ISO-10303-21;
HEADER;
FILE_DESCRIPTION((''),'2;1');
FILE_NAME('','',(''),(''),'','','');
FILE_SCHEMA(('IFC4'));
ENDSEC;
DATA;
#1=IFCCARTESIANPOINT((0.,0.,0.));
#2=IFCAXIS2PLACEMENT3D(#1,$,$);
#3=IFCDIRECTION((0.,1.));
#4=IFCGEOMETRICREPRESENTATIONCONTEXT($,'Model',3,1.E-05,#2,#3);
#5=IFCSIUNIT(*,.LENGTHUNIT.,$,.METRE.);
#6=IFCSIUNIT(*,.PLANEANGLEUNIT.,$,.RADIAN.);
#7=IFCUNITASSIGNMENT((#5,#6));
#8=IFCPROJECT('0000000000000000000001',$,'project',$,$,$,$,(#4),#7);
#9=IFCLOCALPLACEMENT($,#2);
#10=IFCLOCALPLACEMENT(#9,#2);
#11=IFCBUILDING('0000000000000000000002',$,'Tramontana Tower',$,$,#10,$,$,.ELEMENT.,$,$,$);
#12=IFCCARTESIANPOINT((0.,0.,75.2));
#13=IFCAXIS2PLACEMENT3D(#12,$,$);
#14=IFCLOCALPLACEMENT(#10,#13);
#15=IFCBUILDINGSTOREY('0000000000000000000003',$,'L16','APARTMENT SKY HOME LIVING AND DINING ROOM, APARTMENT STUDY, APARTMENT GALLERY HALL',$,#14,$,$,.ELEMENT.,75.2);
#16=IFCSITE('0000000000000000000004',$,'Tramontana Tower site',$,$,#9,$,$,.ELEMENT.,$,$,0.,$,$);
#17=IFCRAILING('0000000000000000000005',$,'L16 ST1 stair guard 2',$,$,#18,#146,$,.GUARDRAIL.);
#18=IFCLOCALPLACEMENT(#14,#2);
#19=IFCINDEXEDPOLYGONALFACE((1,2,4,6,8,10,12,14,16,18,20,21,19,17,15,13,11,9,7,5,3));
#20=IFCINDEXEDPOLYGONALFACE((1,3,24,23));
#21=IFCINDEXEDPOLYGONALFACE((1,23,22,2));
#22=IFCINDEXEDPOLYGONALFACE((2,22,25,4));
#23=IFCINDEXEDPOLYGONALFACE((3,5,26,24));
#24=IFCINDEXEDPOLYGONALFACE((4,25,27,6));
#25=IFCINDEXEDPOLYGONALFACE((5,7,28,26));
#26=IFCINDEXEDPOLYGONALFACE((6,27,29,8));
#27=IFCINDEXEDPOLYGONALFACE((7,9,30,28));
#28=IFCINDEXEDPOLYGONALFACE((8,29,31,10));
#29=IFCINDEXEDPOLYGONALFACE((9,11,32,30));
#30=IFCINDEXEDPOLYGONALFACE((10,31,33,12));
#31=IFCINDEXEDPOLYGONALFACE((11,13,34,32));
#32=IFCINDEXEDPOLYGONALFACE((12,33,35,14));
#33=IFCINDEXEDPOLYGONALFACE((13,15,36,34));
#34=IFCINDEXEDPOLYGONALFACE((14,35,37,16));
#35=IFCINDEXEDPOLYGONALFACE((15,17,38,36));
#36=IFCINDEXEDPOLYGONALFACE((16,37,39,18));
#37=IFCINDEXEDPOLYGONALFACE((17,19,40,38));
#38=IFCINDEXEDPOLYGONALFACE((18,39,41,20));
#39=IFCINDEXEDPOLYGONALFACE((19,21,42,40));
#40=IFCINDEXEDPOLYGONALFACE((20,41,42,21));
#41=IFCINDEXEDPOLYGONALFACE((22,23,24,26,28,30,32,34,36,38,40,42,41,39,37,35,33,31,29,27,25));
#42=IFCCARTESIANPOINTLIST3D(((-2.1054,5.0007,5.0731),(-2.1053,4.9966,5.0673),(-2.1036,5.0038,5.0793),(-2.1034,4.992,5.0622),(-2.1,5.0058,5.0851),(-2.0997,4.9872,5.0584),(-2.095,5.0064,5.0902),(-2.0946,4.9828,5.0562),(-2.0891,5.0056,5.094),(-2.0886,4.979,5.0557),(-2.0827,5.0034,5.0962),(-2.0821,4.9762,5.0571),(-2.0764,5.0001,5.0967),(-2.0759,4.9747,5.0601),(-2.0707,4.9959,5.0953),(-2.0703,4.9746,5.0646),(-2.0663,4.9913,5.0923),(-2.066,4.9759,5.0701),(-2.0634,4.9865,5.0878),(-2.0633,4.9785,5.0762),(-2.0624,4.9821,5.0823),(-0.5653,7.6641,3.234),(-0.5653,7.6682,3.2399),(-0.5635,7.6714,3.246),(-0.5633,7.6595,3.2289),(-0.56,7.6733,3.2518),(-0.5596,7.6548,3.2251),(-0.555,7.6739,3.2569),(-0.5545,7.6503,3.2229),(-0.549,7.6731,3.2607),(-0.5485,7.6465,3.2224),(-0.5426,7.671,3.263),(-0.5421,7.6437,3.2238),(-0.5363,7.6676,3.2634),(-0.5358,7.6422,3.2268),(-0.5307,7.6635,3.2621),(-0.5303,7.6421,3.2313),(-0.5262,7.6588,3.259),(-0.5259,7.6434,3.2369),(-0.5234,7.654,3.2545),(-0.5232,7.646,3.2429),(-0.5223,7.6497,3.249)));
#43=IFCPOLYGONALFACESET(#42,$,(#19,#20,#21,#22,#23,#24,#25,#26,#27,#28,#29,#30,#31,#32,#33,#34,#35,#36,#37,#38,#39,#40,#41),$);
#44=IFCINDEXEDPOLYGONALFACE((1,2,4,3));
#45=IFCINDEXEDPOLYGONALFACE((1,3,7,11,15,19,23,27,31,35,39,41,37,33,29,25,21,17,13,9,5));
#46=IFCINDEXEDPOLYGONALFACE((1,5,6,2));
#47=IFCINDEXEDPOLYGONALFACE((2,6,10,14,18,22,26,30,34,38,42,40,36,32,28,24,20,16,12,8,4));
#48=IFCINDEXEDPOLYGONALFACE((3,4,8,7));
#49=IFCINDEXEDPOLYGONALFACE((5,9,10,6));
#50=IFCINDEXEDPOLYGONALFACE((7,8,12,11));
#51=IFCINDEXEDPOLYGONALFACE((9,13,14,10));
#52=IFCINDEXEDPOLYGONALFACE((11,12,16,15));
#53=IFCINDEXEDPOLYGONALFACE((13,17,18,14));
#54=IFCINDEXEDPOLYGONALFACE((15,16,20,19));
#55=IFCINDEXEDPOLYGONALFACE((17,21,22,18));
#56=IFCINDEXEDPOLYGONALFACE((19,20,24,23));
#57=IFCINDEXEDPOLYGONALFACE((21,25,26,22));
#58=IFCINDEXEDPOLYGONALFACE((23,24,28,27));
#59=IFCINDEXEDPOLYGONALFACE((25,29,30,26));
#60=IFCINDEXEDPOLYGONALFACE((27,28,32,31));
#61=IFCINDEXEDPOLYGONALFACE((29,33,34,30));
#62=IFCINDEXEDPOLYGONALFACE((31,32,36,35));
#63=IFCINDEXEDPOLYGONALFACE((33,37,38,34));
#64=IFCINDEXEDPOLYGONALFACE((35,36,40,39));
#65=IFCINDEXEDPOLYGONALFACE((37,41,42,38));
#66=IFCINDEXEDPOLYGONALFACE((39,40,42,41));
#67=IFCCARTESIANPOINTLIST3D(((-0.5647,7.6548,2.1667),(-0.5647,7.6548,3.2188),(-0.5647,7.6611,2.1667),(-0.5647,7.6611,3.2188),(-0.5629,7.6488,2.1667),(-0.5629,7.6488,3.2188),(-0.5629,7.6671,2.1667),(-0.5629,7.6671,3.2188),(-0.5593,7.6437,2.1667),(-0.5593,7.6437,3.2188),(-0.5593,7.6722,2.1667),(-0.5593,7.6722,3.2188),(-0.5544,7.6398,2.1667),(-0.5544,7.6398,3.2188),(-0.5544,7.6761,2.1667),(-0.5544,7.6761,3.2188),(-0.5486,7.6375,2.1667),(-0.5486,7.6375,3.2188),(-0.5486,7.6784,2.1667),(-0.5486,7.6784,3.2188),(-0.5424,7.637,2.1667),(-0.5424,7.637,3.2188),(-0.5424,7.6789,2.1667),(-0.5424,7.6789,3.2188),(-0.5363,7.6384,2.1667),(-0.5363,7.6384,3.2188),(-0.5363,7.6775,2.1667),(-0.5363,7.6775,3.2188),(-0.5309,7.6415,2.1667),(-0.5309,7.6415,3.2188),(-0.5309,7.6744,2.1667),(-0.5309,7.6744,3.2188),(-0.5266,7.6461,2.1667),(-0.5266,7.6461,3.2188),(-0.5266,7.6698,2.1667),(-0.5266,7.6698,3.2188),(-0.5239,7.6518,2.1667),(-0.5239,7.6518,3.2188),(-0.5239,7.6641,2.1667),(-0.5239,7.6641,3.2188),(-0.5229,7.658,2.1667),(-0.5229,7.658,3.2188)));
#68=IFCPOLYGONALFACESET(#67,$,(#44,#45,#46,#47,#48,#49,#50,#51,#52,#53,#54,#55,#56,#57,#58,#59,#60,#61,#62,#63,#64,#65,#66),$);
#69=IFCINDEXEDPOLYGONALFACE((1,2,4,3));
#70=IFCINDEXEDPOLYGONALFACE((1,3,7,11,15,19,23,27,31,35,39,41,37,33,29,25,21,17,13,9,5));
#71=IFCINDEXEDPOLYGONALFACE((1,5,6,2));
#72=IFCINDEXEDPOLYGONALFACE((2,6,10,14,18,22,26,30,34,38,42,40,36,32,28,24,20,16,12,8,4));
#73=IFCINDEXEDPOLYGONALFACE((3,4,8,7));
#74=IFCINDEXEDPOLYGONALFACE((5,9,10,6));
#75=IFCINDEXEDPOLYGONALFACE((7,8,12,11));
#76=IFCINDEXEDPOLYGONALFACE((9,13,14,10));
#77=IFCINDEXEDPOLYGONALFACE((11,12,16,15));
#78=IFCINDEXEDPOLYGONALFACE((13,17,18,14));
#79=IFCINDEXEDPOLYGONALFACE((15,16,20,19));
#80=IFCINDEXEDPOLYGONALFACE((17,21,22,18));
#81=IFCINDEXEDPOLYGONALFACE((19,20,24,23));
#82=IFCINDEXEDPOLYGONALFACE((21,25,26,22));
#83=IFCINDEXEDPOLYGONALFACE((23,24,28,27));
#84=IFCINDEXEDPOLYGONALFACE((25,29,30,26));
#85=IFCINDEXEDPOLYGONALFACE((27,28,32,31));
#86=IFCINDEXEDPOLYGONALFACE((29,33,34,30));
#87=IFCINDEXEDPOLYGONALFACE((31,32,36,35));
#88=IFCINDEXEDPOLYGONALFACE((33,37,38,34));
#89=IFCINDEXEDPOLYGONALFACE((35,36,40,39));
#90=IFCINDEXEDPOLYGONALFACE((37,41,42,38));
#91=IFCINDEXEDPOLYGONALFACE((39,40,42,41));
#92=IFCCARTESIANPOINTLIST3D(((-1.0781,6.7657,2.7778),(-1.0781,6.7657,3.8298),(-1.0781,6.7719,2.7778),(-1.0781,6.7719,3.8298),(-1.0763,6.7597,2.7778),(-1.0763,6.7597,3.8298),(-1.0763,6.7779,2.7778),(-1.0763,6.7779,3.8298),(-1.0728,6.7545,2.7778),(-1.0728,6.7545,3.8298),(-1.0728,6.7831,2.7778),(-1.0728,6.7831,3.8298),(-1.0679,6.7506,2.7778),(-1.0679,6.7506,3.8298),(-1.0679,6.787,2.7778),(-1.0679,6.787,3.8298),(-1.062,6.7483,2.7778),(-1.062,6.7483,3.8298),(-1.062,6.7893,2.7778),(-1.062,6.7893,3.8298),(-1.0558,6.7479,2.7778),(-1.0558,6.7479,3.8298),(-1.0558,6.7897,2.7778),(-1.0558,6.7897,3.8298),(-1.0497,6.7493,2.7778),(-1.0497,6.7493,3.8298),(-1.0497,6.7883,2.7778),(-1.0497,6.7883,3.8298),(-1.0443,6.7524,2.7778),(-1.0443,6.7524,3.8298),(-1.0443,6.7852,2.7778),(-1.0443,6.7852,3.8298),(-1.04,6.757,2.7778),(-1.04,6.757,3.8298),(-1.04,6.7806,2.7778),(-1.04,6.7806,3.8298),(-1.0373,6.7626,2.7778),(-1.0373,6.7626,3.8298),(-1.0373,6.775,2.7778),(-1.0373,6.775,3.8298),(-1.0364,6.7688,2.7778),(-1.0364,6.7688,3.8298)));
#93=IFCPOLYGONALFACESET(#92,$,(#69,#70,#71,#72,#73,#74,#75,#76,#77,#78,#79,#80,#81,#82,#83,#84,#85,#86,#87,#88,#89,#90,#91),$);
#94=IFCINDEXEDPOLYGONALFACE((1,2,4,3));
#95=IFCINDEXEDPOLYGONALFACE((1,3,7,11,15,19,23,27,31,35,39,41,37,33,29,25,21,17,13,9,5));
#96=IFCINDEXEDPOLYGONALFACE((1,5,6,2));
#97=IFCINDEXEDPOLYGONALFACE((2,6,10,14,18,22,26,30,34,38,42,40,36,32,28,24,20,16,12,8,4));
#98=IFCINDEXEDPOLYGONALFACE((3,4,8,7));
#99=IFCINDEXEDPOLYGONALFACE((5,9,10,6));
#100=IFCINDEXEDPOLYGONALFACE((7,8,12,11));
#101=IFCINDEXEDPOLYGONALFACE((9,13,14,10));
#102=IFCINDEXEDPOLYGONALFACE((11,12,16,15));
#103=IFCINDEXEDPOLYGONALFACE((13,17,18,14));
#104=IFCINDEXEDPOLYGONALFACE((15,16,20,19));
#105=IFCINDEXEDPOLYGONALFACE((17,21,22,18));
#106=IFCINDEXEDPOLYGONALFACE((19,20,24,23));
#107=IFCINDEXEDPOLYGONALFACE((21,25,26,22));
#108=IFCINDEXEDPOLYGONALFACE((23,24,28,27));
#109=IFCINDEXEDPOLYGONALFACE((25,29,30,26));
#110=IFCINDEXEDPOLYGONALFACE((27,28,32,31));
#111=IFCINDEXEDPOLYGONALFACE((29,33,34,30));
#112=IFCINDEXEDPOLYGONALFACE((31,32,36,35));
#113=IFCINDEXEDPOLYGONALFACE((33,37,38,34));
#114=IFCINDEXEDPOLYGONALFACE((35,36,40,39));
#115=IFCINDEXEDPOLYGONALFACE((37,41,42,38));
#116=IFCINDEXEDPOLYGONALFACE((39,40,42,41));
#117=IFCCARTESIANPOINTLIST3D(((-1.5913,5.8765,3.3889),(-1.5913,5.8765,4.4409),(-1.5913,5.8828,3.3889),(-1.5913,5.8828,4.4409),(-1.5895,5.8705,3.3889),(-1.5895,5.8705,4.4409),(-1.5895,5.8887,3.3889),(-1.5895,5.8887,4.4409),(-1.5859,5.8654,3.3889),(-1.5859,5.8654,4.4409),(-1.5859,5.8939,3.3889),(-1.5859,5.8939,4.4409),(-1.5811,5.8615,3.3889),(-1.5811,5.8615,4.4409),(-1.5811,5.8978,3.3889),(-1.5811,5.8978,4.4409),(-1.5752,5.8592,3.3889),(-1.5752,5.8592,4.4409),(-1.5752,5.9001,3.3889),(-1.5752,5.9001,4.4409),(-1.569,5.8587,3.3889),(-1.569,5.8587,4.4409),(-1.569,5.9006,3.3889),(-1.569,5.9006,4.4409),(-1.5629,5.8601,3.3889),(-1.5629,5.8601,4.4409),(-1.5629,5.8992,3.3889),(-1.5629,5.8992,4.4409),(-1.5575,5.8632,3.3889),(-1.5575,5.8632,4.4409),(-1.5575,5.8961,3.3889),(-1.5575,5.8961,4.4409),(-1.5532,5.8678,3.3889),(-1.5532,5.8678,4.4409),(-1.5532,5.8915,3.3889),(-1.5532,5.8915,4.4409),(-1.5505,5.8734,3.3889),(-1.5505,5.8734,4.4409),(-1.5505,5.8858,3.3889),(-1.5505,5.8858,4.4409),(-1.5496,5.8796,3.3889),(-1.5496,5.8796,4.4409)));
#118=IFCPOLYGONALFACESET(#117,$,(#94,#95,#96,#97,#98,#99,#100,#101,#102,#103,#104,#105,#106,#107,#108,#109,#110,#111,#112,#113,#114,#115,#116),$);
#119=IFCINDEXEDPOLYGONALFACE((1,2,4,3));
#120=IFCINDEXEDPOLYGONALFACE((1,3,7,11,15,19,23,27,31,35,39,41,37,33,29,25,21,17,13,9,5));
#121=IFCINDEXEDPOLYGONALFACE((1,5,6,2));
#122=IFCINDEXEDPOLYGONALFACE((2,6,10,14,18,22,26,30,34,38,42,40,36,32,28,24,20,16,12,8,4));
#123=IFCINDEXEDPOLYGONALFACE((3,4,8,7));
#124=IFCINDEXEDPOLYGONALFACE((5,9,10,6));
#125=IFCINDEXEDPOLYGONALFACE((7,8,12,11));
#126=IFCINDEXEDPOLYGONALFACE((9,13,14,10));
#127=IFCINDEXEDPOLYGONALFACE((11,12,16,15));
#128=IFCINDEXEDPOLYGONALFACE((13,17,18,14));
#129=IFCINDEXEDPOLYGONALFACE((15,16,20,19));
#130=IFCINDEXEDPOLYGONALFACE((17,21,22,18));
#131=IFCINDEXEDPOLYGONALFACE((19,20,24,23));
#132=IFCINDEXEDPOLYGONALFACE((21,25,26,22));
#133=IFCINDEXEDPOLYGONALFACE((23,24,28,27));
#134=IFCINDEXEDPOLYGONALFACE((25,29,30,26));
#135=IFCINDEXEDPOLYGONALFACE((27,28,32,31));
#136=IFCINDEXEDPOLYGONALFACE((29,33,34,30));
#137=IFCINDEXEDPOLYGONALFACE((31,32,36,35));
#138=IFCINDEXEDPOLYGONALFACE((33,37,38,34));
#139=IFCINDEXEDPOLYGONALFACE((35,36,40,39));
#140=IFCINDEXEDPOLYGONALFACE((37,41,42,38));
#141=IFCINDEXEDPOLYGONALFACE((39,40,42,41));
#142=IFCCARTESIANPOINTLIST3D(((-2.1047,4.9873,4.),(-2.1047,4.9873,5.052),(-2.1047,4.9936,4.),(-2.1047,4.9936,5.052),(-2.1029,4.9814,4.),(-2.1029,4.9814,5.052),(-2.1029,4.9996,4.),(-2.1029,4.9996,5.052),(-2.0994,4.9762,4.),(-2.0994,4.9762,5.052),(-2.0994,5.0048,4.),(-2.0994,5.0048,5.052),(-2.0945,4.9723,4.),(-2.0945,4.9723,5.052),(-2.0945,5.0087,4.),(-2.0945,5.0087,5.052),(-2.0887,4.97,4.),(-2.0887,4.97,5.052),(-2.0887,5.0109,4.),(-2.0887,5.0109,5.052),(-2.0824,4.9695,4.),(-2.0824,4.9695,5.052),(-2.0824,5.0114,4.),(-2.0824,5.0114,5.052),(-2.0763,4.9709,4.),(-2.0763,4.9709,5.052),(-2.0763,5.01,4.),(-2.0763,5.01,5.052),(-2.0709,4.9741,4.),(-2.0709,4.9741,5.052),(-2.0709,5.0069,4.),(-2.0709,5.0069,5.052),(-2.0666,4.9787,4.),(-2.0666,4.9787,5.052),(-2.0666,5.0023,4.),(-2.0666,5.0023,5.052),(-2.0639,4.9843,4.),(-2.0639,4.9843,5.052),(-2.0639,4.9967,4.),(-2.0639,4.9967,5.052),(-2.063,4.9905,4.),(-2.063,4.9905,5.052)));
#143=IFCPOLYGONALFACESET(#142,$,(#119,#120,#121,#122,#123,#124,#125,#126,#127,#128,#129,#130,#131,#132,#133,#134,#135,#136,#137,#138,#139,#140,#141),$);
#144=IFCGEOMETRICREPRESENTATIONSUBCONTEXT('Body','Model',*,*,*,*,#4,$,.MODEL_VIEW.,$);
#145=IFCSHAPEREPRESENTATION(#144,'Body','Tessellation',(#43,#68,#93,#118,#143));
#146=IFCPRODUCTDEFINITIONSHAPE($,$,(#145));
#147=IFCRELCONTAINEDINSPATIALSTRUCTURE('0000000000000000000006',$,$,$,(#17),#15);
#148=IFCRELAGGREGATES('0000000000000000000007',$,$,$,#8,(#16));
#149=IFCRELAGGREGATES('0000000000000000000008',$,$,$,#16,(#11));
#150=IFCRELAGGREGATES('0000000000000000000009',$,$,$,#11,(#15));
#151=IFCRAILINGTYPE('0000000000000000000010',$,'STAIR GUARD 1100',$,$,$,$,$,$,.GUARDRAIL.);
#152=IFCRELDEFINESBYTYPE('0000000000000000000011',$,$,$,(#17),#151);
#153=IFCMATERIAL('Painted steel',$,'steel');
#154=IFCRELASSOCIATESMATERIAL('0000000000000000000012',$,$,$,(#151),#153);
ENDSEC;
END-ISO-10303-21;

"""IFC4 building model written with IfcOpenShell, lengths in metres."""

from ifc_helpers import new_model, si_unit, direction, frame, origin, origin_2d, place, context, subcontext, project, spatial, circle, extrude, material, type_object, element, save


model = new_model("IFC4")

# Units and contexts
model_context = context("Model", 3, precision=1e-05, world=origin(), true_north=direction((0.0, 1.0)))
body_context = subcontext(model_context, "Body", "Model", "MODEL_VIEW")
ifc_project = project(units=[si_unit("LENGTHUNIT", "METRE"), si_unit("PLANEANGLEUNIT", "RADIAN")], contexts=[model_context])

# Site, building, storey
site_placement = place(None, origin())
site = spatial("IfcSite", under=ifc_project, at=site_placement, Name="Tramontana Tower site", CompositionType="ELEMENT", RefElevation=0.0)
building_placement = place(site_placement, origin())
building = spatial("IfcBuilding", under=site, at=building_placement, Name="Tramontana Tower", CompositionType="ELEMENT")
storey_placement = place(building_placement, frame((0.0, 0.0, 75.2)))
storey = spatial("IfcBuildingStorey", under=building, at=storey_placement, Name="L16", Description="APARTMENT SKY HOME LIVING AND DINING ROOM, APARTMENT STUDY, APARTMENT GALLERY HALL", CompositionType="ELEMENT", Elevation=75.2)

# Railing
ifc_material_1 = material(Name="Painted steel", Category="steel")
railing_type_1 = type_object("IfcRailingType", Name="STAIR GUARD 1100", PredefinedType="GUARDRAIL", material=ifc_material_1)
railing_1_placement = place(storey_placement, frame((-0.5439, 7.658, 2.1667)))
element("IfcRailing", 1, at=railing_1_placement, inside=storey, type_object=railing_type_1, Name="L16 ST1 stair guard 2", PredefinedType="GUARDRAIL", context=body_context, shape_type="SweptSolid", body=[
    extrude(circle(Radius=0.0239, at=origin_2d()), frame((0.0, 0.0, 1.0762), z_axis=(-0.429649, -0.74419, 0.511452), x_axis=(0.86603, -0.499992, 0.0)), (0.0, 0.0, 1.0), 3.5845),
    extrude(circle(Radius=0.021, at=origin_2d()), origin(), (0.0, 0.0, 1.0), 1.052),
    extrude(circle(Radius=0.021, at=origin_2d()), frame((-0.5134, -0.8892, 0.6111)), (0.0, 0.0, 1.0), 1.052),
    extrude(circle(Radius=0.021, at=origin_2d()), frame((-1.0266, -1.7783, 1.2222)), (0.0, 0.0, 1.0), 1.052),
    extrude(circle(Radius=0.021, at=origin_2d()), frame((-1.54, -2.6675, 1.8333)), (0.0, 0.0, 1.0), 1.052),
])

save(model, "model.ifc")
